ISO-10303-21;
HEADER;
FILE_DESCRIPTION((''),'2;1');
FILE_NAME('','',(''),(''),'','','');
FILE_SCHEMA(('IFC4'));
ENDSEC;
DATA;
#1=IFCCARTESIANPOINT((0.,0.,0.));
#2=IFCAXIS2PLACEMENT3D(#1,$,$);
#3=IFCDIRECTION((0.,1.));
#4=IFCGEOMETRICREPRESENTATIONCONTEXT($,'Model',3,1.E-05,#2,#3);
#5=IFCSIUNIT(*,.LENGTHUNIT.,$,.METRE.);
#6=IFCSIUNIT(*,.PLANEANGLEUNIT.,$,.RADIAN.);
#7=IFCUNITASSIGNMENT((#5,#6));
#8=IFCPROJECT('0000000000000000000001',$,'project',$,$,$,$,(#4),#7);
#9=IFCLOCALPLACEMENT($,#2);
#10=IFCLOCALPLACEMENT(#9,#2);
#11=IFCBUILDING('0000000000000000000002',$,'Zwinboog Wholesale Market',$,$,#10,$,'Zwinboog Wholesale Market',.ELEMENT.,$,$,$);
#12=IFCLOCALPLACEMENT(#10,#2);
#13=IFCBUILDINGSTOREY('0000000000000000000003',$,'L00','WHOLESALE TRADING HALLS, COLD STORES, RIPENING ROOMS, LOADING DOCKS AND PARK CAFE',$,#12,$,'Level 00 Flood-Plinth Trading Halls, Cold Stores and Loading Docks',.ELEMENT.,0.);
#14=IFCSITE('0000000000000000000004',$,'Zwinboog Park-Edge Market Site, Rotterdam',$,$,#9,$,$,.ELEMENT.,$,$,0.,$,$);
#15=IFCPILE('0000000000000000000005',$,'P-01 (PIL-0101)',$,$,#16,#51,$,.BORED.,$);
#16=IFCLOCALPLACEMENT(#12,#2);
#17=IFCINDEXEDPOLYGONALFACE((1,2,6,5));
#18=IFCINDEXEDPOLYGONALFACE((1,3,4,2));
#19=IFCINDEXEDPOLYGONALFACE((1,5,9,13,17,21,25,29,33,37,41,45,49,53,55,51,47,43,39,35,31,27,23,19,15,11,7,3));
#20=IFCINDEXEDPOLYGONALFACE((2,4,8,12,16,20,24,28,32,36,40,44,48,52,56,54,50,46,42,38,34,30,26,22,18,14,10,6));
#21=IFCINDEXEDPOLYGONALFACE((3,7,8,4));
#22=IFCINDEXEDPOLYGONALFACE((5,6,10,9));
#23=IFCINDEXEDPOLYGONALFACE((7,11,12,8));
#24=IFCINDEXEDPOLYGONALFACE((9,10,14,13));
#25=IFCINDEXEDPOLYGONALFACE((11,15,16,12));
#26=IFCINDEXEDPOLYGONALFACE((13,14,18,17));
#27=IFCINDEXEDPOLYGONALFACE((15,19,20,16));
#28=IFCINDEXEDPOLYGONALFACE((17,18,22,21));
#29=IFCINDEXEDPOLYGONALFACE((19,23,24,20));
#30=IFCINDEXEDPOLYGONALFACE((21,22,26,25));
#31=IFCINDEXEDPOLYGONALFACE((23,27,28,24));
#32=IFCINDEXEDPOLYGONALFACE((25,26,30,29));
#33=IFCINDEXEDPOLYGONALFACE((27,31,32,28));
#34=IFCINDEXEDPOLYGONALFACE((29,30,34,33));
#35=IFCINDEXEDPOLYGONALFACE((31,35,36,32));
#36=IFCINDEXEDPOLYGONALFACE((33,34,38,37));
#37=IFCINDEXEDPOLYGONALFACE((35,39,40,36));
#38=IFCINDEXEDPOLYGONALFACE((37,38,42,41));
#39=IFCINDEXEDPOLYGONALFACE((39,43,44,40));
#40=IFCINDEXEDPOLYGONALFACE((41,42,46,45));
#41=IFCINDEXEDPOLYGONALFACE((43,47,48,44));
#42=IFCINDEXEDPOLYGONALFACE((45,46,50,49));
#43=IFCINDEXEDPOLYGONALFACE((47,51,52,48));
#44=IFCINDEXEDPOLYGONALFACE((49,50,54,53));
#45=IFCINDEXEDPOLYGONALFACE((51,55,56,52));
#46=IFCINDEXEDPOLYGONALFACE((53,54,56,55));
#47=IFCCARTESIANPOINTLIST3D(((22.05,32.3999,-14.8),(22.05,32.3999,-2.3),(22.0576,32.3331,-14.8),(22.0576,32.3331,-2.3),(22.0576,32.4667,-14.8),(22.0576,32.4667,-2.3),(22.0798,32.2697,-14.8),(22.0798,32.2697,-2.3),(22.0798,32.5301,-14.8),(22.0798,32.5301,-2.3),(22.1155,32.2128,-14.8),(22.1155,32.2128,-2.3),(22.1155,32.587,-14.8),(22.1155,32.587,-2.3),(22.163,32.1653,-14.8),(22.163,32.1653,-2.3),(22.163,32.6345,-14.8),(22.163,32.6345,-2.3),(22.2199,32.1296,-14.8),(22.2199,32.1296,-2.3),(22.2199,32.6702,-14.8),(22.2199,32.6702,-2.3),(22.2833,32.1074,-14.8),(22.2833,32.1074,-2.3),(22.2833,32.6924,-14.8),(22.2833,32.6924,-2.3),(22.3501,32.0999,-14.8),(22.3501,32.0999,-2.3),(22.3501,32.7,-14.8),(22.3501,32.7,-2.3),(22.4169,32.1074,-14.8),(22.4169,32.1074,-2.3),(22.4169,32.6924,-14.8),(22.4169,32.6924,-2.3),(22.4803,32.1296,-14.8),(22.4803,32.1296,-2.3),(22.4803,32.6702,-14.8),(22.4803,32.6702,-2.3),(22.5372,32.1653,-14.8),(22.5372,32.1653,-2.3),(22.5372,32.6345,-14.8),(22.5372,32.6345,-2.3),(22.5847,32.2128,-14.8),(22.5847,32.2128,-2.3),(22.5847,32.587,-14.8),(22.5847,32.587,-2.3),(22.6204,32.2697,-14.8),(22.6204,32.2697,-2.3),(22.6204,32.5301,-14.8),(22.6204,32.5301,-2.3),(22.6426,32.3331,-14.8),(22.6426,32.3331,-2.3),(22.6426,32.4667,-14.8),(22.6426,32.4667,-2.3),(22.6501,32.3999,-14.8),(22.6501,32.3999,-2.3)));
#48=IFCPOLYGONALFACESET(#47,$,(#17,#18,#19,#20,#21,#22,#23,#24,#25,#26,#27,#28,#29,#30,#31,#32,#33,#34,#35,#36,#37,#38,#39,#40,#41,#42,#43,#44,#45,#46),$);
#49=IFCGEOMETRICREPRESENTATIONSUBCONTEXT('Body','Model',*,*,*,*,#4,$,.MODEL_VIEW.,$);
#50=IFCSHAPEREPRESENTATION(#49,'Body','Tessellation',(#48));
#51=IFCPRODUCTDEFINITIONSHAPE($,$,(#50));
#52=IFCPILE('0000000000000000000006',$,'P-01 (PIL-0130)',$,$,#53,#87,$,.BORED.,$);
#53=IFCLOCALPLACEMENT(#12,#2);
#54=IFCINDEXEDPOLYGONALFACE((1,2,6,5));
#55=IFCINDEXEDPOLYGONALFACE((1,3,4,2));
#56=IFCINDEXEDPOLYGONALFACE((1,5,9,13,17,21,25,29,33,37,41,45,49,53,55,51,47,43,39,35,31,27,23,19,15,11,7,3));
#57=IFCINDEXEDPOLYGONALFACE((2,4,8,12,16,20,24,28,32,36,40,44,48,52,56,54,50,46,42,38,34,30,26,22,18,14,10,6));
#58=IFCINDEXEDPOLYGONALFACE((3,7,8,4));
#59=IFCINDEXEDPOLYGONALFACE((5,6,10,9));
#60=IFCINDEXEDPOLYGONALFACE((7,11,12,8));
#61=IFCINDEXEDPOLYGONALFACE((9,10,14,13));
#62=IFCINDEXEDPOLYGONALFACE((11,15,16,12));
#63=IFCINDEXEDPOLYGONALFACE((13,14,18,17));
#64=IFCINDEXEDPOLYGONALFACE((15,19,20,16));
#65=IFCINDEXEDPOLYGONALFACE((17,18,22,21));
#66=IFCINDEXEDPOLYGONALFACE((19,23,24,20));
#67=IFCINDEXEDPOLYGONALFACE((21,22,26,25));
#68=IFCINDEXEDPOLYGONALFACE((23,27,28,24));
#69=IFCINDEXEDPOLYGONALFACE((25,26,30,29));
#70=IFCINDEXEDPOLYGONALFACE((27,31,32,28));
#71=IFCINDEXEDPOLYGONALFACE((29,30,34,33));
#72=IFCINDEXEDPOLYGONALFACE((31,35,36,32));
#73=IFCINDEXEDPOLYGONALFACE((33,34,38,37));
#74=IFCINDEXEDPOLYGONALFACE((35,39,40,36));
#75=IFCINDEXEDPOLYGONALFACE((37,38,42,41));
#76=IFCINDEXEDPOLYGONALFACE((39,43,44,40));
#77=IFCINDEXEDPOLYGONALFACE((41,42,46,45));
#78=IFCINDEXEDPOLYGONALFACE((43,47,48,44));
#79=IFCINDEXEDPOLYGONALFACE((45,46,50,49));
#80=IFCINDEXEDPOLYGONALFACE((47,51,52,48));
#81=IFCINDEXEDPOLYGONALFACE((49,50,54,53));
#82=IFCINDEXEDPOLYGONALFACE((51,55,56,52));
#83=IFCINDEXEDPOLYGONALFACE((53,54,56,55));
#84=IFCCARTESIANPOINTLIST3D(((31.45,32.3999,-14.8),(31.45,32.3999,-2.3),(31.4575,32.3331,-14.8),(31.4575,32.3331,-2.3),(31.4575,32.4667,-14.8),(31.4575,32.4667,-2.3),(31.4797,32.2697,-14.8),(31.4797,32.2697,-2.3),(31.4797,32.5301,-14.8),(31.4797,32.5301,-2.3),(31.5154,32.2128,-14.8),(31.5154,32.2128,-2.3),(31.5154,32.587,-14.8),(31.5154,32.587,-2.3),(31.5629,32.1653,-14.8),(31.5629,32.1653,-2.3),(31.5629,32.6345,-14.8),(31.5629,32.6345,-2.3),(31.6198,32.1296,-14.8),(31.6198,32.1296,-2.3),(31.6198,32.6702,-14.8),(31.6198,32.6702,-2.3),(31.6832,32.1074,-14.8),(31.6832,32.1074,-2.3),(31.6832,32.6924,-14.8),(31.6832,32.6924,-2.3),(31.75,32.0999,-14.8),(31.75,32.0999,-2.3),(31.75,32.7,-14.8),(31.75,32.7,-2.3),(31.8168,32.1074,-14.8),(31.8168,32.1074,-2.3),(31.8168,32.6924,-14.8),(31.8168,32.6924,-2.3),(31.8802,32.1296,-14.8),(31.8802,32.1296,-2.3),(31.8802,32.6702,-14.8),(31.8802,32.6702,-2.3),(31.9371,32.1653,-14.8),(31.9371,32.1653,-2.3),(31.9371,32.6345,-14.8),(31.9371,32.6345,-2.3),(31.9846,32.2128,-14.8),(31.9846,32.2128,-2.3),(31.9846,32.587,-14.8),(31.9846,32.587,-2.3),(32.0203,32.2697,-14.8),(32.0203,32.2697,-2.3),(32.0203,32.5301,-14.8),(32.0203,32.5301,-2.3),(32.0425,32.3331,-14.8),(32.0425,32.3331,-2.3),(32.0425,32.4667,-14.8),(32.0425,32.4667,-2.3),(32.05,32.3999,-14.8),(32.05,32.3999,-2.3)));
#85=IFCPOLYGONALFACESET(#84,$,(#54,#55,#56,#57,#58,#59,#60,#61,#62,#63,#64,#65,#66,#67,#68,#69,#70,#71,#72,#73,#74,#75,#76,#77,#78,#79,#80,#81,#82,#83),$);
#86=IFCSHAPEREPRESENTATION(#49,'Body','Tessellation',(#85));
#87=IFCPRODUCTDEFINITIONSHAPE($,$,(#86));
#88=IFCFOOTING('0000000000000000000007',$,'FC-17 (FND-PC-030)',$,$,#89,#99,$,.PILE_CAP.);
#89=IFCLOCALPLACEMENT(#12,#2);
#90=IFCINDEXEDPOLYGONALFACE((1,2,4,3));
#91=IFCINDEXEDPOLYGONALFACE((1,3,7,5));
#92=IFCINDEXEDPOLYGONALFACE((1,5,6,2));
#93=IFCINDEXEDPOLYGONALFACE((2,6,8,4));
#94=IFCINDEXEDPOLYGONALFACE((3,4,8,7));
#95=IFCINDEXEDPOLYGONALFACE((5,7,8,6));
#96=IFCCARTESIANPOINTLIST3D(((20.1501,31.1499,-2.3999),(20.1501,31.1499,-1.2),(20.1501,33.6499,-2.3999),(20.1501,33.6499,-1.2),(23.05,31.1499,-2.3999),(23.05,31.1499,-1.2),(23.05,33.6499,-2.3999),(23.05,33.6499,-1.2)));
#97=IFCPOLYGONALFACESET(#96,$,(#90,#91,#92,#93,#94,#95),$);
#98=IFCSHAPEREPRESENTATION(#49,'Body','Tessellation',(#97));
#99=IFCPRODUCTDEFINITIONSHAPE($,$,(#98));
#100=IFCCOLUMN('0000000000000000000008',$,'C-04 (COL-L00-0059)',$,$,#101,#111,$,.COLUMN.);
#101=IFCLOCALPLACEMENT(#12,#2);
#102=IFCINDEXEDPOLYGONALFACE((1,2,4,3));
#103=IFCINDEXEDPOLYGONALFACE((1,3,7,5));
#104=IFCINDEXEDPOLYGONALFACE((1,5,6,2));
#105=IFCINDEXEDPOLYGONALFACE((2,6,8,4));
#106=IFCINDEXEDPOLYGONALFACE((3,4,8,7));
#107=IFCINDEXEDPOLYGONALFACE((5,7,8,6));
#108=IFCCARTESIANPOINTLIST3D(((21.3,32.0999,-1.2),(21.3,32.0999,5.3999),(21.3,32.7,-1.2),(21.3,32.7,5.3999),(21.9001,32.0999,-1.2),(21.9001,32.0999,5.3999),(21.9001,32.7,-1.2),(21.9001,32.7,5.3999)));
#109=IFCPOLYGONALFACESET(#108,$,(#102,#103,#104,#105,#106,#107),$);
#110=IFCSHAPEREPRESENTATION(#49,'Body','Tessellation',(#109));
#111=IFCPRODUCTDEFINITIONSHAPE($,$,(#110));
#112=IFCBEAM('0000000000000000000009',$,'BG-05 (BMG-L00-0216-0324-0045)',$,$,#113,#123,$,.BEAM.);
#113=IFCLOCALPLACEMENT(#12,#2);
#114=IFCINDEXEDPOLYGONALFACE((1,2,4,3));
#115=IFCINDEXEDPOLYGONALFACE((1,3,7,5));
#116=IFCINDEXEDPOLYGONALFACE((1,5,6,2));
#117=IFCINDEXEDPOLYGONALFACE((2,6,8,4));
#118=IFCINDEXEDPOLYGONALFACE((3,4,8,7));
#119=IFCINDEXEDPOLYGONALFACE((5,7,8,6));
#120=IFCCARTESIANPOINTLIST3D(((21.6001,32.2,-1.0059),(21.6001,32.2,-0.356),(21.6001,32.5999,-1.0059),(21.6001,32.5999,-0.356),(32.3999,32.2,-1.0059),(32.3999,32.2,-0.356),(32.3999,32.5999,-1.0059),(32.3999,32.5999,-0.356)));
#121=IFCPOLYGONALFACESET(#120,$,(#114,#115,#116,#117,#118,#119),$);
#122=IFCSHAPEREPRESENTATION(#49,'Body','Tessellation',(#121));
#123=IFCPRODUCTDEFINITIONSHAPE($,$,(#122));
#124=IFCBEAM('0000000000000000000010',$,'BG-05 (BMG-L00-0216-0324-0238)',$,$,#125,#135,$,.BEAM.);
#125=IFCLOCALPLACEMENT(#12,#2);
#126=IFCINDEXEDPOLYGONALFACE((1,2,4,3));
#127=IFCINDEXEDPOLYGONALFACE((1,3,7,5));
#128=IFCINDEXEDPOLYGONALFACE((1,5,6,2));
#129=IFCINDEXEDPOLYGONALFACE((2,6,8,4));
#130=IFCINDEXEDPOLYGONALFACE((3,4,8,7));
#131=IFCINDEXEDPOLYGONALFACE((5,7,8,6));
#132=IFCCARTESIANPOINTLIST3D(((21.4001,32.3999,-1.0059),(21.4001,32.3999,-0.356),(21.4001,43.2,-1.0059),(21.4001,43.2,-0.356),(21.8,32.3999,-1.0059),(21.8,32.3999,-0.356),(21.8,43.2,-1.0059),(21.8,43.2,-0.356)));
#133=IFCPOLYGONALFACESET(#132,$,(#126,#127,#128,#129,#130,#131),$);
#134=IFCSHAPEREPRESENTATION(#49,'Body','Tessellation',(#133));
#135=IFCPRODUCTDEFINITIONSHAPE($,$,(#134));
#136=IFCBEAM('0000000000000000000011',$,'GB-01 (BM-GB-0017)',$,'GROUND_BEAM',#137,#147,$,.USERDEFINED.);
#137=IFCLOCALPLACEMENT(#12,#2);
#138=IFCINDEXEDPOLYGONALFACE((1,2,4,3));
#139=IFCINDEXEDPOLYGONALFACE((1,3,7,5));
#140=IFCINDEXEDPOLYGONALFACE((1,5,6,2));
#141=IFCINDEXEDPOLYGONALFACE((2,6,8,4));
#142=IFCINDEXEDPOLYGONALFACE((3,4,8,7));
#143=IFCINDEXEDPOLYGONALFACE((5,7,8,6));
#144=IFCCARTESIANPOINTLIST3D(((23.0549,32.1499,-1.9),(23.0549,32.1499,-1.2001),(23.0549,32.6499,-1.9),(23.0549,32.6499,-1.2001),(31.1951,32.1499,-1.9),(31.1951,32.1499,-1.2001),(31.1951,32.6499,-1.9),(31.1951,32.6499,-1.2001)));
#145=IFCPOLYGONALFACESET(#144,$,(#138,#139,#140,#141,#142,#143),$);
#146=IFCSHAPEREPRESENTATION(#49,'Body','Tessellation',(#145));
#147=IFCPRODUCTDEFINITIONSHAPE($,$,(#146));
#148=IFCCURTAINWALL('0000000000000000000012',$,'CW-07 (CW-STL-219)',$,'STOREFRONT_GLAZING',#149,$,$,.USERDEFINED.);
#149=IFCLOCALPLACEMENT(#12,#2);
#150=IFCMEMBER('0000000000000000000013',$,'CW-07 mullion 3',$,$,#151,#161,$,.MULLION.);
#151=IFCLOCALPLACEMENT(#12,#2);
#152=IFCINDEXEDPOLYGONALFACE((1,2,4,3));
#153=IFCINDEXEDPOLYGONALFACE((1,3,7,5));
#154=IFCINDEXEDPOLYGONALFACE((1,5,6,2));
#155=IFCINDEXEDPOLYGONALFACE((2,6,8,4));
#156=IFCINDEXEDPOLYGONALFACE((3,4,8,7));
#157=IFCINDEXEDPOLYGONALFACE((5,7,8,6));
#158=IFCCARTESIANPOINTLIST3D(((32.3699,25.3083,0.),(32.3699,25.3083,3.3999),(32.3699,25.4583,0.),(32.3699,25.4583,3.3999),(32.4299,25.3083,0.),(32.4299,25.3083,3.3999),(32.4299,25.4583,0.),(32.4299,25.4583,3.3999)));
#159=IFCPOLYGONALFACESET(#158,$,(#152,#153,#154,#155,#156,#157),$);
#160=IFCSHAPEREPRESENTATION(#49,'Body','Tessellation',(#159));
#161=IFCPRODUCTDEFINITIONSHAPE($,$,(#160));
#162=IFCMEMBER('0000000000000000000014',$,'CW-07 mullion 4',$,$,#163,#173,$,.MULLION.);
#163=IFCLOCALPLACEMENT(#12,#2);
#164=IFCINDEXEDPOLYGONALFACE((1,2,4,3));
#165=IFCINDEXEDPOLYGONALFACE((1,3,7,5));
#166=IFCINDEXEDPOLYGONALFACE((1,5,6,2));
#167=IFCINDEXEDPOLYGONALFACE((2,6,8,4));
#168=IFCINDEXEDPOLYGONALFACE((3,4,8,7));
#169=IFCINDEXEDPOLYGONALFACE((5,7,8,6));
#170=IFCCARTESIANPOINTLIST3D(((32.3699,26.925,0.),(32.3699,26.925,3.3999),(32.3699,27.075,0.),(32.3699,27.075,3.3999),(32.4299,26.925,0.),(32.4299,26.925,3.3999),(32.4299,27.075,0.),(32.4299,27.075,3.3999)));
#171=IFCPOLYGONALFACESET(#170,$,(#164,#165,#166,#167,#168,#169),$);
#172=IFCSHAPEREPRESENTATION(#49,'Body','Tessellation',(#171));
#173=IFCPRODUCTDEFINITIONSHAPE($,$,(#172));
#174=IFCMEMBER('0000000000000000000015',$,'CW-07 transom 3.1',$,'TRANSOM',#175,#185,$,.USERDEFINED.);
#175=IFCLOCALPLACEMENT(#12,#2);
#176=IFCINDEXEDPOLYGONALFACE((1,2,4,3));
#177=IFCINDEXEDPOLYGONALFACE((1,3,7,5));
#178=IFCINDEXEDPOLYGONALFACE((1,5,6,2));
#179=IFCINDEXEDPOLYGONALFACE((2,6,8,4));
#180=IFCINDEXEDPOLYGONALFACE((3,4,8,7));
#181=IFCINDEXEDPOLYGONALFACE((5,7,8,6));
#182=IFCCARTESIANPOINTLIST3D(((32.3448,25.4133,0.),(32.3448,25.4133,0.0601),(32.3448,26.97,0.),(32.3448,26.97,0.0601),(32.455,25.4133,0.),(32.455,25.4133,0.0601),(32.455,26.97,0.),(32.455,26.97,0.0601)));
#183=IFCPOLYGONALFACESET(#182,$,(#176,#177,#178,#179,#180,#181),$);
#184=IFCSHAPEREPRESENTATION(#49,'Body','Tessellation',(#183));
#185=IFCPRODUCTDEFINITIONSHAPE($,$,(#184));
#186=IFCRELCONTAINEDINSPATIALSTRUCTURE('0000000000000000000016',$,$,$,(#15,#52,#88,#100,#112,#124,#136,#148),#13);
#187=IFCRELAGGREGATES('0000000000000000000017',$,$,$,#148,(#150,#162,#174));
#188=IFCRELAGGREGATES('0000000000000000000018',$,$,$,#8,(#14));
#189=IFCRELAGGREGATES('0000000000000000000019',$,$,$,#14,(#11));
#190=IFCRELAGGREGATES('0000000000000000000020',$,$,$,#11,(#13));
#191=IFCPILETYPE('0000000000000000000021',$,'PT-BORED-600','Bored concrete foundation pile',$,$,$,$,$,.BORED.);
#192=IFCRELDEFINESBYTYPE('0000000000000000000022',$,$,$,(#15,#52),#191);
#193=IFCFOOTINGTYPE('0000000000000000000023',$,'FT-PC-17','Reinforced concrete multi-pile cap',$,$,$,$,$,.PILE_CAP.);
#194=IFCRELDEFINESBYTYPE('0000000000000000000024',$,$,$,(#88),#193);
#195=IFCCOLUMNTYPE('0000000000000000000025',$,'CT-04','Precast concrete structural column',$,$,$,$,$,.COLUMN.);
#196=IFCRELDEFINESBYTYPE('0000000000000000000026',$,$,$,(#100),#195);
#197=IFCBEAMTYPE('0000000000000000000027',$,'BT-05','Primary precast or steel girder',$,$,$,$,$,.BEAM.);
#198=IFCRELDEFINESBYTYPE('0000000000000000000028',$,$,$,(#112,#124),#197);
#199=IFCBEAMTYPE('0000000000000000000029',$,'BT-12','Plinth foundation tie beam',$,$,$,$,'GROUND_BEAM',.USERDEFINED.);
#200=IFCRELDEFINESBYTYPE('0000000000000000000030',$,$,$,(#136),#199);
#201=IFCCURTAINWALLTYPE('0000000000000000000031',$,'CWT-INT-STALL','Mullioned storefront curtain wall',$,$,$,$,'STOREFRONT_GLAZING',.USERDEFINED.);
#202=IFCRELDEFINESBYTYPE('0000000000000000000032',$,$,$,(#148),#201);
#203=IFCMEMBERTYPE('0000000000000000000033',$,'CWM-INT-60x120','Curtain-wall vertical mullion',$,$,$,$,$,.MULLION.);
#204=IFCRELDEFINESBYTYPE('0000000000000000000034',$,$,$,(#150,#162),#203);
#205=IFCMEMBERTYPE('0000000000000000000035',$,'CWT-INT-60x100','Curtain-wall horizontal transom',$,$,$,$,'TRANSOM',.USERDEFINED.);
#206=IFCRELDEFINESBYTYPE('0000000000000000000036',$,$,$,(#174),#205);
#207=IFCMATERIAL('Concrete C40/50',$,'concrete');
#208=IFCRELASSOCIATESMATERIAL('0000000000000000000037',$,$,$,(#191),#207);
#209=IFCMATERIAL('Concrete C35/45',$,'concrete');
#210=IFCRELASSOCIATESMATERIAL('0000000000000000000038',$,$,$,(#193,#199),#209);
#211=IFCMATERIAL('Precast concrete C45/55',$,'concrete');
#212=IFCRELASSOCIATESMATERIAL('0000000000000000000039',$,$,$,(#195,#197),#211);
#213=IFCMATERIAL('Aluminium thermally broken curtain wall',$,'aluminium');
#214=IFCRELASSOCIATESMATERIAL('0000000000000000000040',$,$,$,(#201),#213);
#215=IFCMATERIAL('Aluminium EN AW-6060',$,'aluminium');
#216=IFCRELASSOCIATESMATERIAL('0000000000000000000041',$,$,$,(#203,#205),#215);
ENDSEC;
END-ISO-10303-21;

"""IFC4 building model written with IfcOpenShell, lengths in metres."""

from ifc_helpers import new_model, si_unit, direction, frame, origin, origin_2d, place, context, subcontext, project, spatial, rectangle, circle, extrude, material, material_profile, profile_set, type_object, element, aggregate, save


model = new_model("IFC4")

# Units and contexts
model_context = context("Model", 3, precision=1e-05, world=origin(), true_north=direction((0.0, 1.0)))
body_context = subcontext(model_context, "Body", "Model", "MODEL_VIEW")
ifc_project = project(units=[si_unit("LENGTHUNIT", "METRE"), si_unit("PLANEANGLEUNIT", "RADIAN")], contexts=[model_context])

# Site, building, storey
site_placement = place(None, origin())
site = spatial("IfcSite", under=ifc_project, at=site_placement, Name="Zwinboog Park-Edge Market Site, Rotterdam", CompositionType="ELEMENT", RefElevation=0.0)
building_placement = place(site_placement, origin())
building = spatial("IfcBuilding", under=site, at=building_placement, Name="Zwinboog Wholesale Market", LongName="Zwinboog Wholesale Market", CompositionType="ELEMENT")
storey_placement = place(building_placement, origin())
storey = spatial("IfcBuildingStorey", under=building, at=storey_placement, Name="L00", Description="WHOLESALE TRADING HALLS, COLD STORES, RIPENING ROOMS, LOADING DOCKS AND PARK CAFE", LongName="Level 00 Flood-Plinth Trading Halls, Cold Stores and Loading Docks", CompositionType="ELEMENT", Elevation=0.0)

# Piles
ifc_material_1 = material(Name="Concrete C40/50", Category="concrete")
ifc_material_profile_1 = material_profile(ifc_material_1, circle(Radius=0.3, at=origin_2d()), Name="PILE D600")
ifc_profile_set_1 = profile_set([ifc_material_profile_1], Name="Concrete C40/50")
pile_type = type_object("IfcPileType", Name="PT-BORED-600", Description="Bored concrete foundation pile", PredefinedType="BORED", material=ifc_profile_set_1)
for number, where, z_axis, x_axis, name in (
    (1, (22.3501, 32.3999, -2.3), (0.0, 0.0, -1.0), (1.0, 0.0, 0.0), "P-01 (PIL-0101)"),
    (2, (31.75, 32.3999, -2.3), (0.0, 0.0, -1.0), (1.0, 0.0, 0.0), "P-01 (PIL-0130)"),
):
    element("IfcPile", number, at=place(storey_placement, frame(where, z_axis=z_axis, x_axis=x_axis)), inside=storey, type_object=pile_type, Name=name, PredefinedType="BORED", context=body_context, shape_type="SweptSolid", body=[
        extrude(circle(Radius=0.3, at=origin_2d()), origin(), (0.0, 0.0, 1.0), 12.5),
    ])

# Footing
ifc_material_2 = material(Name="Concrete C35/45", Category="concrete")
footing_type = type_object("IfcFootingType", Name="FT-PC-17", Description="Reinforced concrete multi-pile cap", PredefinedType="PILE_CAP", material=ifc_material_2)
footing_placement = place(storey_placement, frame((21.6001, 32.3999, -2.3999), z_axis=(0.0, 0.0, 1.0), x_axis=(1.0, 0.0, 0.0)))
element("IfcFooting", 3, at=footing_placement, inside=storey, type_object=footing_type, Name="FC-17 (FND-PC-030)", PredefinedType="PILE_CAP", context=body_context, shape_type="SweptSolid", body=[
    extrude(rectangle(XDim=2.8999, YDim=2.5, at=origin_2d()), origin(), (0.0, 0.0, 1.0), 1.2),
])

# Column
ifc_material_3 = material(Name="Precast concrete C45/55", Category="concrete")
ifc_material_profile_2 = material_profile(ifc_material_3, rectangle(XDim=0.6001, YDim=0.6001, at=origin_2d()), Name="PC 600x600")
ifc_profile_set_2 = profile_set([ifc_material_profile_2], Name="Precast concrete C45/55")
column_type = type_object("IfcColumnType", Name="CT-04", Description="Precast concrete structural column", PredefinedType="COLUMN", material=ifc_profile_set_2)
column_placement = place(storey_placement, frame((21.6001, 32.3999, -1.2), z_axis=(0.0, 0.0, 1.0), x_axis=(1.0, 0.0, 0.0)))
element("IfcColumn", 4, at=column_placement, inside=storey, type_object=column_type, Name="C-04 (COL-L00-0059)", PredefinedType="COLUMN", context=body_context, shape_type="SweptSolid", body=[
    extrude(rectangle(XDim=0.6001, YDim=0.6001, at=origin_2d()), origin(), (0.0, 0.0, 1.0), 6.5999),
])

# Beams
ifc_material_profile_3 = material_profile(ifc_material_3, rectangle(XDim=0.3999, YDim=0.6499, at=origin_2d()), Name="PC 400x650")
ifc_profile_set_3 = profile_set([ifc_material_profile_3], Name="Precast concrete C45/55")
beam_type_1 = type_object("IfcBeamType", Name="BT-05", Description="Primary precast or steel girder", PredefinedType="BEAM", material=ifc_profile_set_3)
beam_1_placement = place(storey_placement, frame((21.6001, 32.3999, -0.6809), z_axis=(1.0, 0.0, 0.0), x_axis=(0.0, 1.0, 0.0)))
element("IfcBeam", 5, at=beam_1_placement, inside=storey, type_object=beam_type_1, Name="BG-05 (BMG-L00-0216-0324-0045)", PredefinedType="BEAM", context=body_context, shape_type="SweptSolid", body=[
    extrude(rectangle(XDim=0.3999, YDim=0.6499, at=origin_2d()), origin(), (0.0, 0.0, 1.0), 10.7998),
])
beam_2_placement = place(storey_placement, frame((21.6001, 32.3999, -0.6809), z_axis=(0.0, 1.0, 0.0), x_axis=(-1.0, 0.0, 0.0)))
element("IfcBeam", 6, at=beam_2_placement, inside=storey, type_object=beam_type_1, Name="BG-05 (BMG-L00-0216-0324-0238)", PredefinedType="BEAM", context=body_context, shape_type="SweptSolid", body=[
    extrude(rectangle(XDim=0.3999, YDim=0.6499, at=origin_2d()), origin(), (0.0, 0.0, 1.0), 10.8),
])
ifc_material_profile_4 = material_profile(ifc_material_2, rectangle(XDim=0.5, YDim=0.7, at=origin_2d()), Name="RC 500x700")
ifc_profile_set_4 = profile_set([ifc_material_profile_4], Name="Concrete C35/45")
beam_type_2 = type_object("IfcBeamType", Name="BT-12", Description="Plinth foundation tie beam", ElementType="GROUND_BEAM", PredefinedType="USERDEFINED", material=ifc_profile_set_4)
beam_3_placement = place(storey_placement, frame((23.0549, 32.3999, -1.55), z_axis=(1.0, 0.0, 0.0), x_axis=(0.0, 1.0, 0.0)))
element("IfcBeam", 7, at=beam_3_placement, inside=storey, type_object=beam_type_2, Name="GB-01 (BM-GB-0017)", ObjectType="GROUND_BEAM", PredefinedType="USERDEFINED", context=body_context, shape_type="SweptSolid", body=[
    extrude(rectangle(XDim=0.5, YDim=0.7, at=origin_2d()), origin(), (0.0, 0.0, 1.0), 8.1401),
])

# Curtain wall, members
ifc_material_4 = material(Name="Aluminium thermally broken curtain wall", Category="aluminium")
curtain_wall_type = type_object("IfcCurtainWallType", Name="CWT-INT-STALL", Description="Mullioned storefront curtain wall", ElementType="STOREFRONT_GLAZING", PredefinedType="USERDEFINED", material=ifc_material_4)
curtain_wall_placement = place(storey_placement, origin())
curtain_wall = element("IfcCurtainWall", 8, at=curtain_wall_placement, inside=storey, type_object=curtain_wall_type, Name="CW-07 (CW-STL-219)", ObjectType="STOREFRONT_GLAZING", PredefinedType="USERDEFINED")
ifc_material_5 = material(Name="Aluminium EN AW-6060", Category="aluminium")
ifc_material_profile_5 = material_profile(ifc_material_5, rectangle(XDim=0.0601, YDim=0.1499, at=origin_2d()), Name="AL 60x150")
ifc_profile_set_5 = profile_set([ifc_material_profile_5], Name="Aluminium EN AW-6060")
member_type_1 = type_object("IfcMemberType", Name="CWM-INT-60x120", Description="Curtain-wall vertical mullion", PredefinedType="MULLION", material=ifc_profile_set_5)
member_1_placement = place(storey_placement, frame((32.3999, 25.3833, 0.0), z_axis=(0.0, 0.0, 1.0), x_axis=(-1.0, 0.0, 0.0)))
member_1 = element("IfcMember", 9, at=member_1_placement, type_object=member_type_1, Name="CW-07 mullion 3", PredefinedType="MULLION", context=body_context, shape_type="SweptSolid", body=[
    extrude(rectangle(XDim=0.0601, YDim=0.1499, at=origin_2d()), origin(), (0.0, 0.0, 1.0), 3.3999),
])
member_2_placement = place(storey_placement, frame((32.3999, 27.0, 0.0), z_axis=(0.0, 0.0, 1.0), x_axis=(-1.0, 0.0, 0.0)))
member_2 = element("IfcMember", 10, at=member_2_placement, type_object=member_type_1, Name="CW-07 mullion 4", PredefinedType="MULLION", context=body_context, shape_type="SweptSolid", body=[
    extrude(rectangle(XDim=0.0601, YDim=0.1499, at=origin_2d()), origin(), (0.0, 0.0, 1.0), 3.3999),
])
ifc_material_profile_6 = material_profile(ifc_material_5, rectangle(XDim=0.1101, YDim=0.0601, at=origin_2d()), Name="AL 60x110")
ifc_profile_set_6 = profile_set([ifc_material_profile_6], Name="Aluminium EN AW-6060")
member_type_2 = type_object("IfcMemberType", Name="CWT-INT-60x100", Description="Curtain-wall horizontal transom", ElementType="TRANSOM", PredefinedType="USERDEFINED", material=ifc_profile_set_6)
member_3_placement = place(storey_placement, frame((32.3999, 25.4133, 0.03), z_axis=(0.0, 1.0, 0.0), x_axis=(-1.0, 0.0, 0.0)))
member_3 = element("IfcMember", 11, at=member_3_placement, type_object=member_type_2, Name="CW-07 transom 3.1", ObjectType="TRANSOM", PredefinedType="USERDEFINED", context=body_context, shape_type="SweptSolid", body=[
    extrude(rectangle(XDim=0.1101, YDim=0.0601, at=origin_2d()), origin(), (0.0, 0.0, 1.0), 1.5566),
])
aggregate(curtain_wall, [member_1, member_2, member_3])

save(model, "model.ifc")
